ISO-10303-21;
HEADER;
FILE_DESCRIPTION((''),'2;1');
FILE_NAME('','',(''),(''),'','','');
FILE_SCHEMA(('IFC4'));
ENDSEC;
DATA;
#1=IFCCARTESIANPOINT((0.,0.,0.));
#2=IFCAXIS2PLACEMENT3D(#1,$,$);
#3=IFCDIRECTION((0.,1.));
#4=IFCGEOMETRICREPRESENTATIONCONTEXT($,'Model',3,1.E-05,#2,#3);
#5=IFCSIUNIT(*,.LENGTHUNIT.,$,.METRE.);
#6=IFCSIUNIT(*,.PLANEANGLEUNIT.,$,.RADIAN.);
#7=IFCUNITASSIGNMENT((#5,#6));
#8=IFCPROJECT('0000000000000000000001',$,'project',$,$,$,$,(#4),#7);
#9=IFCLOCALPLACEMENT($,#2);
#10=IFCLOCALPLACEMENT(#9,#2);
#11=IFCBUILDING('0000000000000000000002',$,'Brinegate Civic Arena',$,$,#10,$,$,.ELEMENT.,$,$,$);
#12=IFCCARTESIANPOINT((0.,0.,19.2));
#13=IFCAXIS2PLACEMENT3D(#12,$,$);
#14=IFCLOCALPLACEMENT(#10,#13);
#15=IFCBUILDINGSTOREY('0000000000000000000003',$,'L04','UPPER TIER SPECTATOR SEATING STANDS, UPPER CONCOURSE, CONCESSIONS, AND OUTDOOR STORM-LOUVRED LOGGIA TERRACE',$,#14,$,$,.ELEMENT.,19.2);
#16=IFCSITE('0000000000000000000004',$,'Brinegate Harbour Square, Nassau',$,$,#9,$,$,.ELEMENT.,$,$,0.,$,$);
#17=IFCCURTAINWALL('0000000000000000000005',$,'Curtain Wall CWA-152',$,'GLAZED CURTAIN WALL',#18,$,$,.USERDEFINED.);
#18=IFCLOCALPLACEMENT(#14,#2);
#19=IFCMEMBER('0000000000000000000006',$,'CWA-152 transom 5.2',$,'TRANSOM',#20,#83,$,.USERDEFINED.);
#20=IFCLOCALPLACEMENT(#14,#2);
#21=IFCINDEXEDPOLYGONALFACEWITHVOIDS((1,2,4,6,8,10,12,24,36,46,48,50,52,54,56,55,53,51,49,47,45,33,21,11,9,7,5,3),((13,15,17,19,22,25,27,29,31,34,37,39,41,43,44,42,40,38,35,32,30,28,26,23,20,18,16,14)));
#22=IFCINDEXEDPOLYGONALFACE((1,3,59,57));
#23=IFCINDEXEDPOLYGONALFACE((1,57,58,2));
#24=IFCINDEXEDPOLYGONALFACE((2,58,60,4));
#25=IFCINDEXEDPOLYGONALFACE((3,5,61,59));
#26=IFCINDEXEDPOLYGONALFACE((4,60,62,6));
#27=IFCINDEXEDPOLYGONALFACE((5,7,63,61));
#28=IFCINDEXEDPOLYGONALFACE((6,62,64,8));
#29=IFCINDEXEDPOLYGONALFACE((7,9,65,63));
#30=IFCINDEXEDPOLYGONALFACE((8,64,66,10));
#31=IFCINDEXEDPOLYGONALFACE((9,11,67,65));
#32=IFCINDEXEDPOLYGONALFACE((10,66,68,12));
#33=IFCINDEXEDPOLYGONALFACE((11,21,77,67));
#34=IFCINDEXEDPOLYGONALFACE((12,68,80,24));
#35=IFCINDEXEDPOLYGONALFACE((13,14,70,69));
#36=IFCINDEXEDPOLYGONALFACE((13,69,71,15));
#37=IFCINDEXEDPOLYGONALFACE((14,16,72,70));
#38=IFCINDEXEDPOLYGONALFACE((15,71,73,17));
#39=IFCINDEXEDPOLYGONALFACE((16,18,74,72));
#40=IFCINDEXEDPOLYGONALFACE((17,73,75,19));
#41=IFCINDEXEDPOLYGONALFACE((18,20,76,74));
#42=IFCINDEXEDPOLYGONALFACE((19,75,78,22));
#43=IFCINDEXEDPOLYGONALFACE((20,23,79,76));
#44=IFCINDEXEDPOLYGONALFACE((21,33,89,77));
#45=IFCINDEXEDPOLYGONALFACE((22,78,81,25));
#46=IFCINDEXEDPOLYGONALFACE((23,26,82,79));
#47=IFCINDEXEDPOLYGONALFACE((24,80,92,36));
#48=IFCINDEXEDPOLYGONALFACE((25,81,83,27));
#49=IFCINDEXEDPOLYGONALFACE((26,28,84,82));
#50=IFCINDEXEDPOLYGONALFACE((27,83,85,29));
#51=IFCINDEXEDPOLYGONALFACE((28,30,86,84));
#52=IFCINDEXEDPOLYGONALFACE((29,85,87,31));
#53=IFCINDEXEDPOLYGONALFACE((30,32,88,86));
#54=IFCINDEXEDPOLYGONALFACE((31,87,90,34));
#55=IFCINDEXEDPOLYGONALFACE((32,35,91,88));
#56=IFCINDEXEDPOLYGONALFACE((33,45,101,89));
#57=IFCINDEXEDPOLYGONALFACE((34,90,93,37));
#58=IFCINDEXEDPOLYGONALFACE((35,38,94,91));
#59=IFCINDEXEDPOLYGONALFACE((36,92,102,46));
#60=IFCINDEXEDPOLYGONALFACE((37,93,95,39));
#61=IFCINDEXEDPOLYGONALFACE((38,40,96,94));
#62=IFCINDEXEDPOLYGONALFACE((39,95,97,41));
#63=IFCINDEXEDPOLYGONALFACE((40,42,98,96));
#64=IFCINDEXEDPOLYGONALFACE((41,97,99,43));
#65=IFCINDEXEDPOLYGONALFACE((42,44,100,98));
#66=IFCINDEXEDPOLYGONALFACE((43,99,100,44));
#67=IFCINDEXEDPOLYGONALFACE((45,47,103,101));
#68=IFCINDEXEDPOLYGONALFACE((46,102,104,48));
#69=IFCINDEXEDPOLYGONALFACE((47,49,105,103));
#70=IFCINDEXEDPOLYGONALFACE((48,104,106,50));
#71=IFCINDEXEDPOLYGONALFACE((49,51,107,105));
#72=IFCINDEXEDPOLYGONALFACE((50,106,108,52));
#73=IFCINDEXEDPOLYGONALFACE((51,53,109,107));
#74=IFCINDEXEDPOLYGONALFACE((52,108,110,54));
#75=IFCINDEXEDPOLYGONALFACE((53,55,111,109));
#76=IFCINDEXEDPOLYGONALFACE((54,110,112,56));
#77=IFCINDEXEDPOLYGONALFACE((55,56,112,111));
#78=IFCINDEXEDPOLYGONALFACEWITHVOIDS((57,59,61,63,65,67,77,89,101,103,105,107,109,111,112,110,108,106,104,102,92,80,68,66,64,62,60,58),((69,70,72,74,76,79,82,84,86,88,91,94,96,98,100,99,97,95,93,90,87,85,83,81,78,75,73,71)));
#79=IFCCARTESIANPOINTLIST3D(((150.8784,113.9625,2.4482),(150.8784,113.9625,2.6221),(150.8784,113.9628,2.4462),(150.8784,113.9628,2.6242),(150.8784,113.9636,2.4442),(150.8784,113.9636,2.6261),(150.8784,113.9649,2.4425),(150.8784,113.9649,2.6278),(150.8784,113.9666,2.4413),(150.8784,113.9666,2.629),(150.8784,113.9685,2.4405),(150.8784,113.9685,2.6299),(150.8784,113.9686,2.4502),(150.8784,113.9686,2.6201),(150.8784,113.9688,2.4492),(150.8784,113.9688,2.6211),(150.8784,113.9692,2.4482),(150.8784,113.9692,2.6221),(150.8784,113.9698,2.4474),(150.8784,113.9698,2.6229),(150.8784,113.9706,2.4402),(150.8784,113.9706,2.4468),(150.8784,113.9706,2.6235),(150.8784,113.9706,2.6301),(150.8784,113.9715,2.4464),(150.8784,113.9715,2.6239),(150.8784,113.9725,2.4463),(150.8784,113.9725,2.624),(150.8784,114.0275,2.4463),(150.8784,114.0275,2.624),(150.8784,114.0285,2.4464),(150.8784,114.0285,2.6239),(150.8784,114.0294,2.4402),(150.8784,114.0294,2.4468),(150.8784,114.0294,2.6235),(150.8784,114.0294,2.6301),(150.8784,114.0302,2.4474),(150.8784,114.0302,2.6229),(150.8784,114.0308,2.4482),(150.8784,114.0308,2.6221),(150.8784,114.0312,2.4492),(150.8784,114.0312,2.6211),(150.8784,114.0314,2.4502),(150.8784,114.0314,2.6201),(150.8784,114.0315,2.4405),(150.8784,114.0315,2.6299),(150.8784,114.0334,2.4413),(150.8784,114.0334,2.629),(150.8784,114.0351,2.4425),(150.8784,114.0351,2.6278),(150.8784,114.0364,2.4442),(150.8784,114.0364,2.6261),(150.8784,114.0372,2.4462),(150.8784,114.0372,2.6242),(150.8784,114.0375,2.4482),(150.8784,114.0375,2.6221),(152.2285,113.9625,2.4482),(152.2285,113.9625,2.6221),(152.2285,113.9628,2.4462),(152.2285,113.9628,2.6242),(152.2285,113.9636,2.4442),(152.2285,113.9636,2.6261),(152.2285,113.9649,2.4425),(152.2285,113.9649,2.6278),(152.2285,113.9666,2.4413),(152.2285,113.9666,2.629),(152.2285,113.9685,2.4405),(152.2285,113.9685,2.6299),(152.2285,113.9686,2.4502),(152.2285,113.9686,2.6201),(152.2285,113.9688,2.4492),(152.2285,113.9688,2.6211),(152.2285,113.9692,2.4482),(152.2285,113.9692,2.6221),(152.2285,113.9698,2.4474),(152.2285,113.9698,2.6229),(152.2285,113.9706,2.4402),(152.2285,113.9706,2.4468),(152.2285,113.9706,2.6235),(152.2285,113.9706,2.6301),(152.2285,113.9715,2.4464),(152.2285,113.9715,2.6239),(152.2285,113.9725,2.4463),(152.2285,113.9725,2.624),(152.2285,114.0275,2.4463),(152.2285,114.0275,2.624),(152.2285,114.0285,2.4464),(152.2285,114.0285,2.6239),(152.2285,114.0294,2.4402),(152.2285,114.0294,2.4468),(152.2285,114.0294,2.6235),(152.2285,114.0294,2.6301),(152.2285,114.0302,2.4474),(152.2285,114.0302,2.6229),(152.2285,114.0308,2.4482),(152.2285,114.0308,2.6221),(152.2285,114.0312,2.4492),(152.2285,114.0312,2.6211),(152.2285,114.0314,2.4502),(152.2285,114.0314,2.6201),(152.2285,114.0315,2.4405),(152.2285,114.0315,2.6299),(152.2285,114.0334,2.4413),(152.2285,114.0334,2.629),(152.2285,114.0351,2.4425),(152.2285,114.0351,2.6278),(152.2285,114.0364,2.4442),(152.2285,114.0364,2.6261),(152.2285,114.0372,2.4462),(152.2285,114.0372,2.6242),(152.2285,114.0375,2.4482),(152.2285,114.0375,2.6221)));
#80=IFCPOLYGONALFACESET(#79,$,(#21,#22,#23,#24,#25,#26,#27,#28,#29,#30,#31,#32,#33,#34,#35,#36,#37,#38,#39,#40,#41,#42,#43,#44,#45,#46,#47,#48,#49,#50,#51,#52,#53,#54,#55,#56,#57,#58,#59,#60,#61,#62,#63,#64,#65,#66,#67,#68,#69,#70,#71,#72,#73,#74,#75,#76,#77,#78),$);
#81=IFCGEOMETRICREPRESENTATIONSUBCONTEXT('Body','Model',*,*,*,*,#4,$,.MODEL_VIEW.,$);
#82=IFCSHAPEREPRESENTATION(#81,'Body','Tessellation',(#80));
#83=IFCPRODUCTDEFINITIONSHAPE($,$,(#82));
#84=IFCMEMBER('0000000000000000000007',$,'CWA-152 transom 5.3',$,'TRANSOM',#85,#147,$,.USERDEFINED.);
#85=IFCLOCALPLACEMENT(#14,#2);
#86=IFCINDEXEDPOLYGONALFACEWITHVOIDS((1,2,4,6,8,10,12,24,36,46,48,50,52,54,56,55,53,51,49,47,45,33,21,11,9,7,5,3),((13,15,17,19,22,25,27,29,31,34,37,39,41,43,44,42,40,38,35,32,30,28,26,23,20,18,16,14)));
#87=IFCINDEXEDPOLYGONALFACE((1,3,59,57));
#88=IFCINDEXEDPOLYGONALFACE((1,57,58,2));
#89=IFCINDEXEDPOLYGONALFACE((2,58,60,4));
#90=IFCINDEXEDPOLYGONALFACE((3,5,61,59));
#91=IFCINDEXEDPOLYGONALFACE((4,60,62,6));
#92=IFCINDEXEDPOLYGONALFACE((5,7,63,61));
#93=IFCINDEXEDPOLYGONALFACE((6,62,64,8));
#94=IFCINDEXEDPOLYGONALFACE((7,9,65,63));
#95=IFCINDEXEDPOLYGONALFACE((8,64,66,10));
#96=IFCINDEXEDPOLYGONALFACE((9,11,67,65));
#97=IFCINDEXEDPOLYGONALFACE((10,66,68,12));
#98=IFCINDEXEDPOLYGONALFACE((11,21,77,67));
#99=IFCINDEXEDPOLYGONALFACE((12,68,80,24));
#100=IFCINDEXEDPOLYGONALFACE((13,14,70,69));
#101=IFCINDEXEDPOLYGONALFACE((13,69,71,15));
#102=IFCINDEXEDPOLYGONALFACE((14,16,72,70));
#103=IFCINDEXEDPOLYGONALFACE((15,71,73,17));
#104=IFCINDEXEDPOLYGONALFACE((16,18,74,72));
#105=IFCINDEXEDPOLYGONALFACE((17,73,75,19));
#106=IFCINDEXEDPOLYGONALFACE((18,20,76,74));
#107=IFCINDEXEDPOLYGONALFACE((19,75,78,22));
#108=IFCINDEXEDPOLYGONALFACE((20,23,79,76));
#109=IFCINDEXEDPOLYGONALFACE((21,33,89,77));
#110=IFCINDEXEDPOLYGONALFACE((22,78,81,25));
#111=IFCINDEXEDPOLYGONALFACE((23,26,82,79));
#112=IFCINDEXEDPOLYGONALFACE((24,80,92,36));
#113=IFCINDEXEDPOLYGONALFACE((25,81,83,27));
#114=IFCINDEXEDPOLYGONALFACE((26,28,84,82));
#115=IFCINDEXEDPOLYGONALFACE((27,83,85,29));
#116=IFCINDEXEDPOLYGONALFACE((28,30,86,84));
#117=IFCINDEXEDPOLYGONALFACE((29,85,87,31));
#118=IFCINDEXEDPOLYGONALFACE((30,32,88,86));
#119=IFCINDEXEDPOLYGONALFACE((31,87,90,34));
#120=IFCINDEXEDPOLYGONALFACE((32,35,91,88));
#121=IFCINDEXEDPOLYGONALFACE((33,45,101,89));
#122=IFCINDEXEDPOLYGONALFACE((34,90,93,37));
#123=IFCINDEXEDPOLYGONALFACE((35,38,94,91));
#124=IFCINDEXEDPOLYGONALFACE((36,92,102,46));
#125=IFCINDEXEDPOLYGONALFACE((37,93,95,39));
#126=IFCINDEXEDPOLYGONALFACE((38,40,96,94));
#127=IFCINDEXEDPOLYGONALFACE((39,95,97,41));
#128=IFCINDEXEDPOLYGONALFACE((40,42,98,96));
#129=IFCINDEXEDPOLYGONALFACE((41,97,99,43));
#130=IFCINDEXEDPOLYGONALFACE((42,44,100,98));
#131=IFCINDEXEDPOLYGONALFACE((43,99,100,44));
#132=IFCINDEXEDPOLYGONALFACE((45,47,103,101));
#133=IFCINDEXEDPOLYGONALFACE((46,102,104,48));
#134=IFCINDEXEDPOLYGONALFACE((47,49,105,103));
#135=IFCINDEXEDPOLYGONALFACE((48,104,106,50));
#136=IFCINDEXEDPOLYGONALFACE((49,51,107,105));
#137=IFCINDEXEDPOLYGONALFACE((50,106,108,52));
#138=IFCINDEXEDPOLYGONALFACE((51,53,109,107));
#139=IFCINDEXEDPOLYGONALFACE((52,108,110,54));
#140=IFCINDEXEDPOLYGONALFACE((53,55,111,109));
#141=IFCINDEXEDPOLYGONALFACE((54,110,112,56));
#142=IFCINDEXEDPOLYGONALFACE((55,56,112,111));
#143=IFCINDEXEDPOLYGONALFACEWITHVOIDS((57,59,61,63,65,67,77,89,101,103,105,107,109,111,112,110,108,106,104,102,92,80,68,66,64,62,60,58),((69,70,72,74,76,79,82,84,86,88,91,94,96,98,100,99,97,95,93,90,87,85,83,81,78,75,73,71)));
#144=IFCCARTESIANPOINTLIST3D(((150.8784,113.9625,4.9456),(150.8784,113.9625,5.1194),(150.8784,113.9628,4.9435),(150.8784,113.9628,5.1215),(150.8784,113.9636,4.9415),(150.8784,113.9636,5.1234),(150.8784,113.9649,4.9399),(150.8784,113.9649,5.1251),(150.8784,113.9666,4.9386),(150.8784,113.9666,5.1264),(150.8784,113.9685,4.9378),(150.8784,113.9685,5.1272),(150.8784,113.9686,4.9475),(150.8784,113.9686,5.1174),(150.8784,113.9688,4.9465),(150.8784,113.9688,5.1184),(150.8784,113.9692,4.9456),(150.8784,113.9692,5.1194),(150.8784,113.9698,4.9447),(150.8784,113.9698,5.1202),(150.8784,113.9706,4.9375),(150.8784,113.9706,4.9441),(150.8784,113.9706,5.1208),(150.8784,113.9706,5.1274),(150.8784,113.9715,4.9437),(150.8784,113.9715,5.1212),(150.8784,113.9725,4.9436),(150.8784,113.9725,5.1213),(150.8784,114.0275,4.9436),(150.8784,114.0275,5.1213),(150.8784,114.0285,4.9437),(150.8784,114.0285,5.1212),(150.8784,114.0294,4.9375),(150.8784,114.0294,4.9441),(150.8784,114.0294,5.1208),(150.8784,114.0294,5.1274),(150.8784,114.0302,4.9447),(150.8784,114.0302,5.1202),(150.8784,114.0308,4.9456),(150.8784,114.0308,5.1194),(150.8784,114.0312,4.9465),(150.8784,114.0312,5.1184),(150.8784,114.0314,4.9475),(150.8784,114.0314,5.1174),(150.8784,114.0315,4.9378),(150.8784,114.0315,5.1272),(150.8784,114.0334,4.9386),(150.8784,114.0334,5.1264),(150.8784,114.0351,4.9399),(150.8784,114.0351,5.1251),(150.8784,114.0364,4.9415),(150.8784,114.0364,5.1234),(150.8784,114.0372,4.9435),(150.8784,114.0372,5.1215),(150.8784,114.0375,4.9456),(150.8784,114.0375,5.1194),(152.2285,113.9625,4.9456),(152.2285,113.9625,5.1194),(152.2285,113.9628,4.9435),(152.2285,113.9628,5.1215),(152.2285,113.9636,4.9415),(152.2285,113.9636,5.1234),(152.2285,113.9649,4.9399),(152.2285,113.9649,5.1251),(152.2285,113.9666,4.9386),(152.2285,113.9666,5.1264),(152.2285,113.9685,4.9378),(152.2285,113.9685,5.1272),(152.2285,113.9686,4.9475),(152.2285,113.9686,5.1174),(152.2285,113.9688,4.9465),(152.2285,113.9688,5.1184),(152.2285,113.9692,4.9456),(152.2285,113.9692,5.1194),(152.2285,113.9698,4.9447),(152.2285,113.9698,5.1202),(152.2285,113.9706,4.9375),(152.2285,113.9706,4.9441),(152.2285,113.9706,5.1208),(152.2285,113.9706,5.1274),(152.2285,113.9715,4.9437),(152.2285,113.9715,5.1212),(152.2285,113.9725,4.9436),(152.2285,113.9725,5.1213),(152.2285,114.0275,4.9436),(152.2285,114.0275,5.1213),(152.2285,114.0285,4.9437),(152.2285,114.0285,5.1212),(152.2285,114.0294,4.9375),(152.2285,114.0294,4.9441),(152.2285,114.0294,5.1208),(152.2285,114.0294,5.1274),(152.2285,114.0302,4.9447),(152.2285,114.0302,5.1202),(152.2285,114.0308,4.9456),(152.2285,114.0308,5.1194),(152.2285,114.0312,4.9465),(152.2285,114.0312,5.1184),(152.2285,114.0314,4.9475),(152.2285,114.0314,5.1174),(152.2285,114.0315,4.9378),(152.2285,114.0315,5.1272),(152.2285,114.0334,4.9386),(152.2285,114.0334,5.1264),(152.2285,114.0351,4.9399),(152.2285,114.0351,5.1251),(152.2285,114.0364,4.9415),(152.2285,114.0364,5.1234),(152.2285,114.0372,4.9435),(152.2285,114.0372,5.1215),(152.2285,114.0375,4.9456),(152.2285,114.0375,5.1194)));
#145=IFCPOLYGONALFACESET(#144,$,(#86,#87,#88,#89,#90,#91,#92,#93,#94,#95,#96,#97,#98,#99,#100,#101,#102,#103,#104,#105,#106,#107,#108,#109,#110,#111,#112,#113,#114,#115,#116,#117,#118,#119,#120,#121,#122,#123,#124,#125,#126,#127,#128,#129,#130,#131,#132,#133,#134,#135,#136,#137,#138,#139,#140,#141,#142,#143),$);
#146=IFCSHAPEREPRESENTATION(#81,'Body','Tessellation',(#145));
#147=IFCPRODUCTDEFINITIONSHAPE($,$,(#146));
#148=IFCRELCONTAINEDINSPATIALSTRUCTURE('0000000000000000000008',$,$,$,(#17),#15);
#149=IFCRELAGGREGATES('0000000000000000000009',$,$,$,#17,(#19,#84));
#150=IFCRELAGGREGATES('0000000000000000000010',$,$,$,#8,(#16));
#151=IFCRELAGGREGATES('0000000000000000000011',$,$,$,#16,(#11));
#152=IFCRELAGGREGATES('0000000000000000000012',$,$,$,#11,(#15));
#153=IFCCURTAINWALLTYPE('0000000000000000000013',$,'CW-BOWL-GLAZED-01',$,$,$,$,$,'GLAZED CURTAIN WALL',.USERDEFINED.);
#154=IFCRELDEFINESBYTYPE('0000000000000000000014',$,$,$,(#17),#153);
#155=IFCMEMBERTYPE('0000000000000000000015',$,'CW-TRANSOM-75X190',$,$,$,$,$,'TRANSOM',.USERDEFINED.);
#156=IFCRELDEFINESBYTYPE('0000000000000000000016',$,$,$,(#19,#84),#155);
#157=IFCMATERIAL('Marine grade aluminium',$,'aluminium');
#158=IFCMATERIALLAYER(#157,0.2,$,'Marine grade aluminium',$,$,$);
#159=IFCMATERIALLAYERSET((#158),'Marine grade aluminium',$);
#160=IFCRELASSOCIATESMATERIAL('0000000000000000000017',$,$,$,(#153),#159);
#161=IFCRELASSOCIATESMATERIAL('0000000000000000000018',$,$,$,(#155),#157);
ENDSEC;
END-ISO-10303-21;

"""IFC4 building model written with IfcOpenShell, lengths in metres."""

from ifc_helpers import new_model, si_unit, direction, frame, origin, origin_2d, place, context, subcontext, project, spatial, hollow_rectangle, extrude, material, layer, layer_set, material_profile, profile_set, type_object, element, aggregate, save


model = new_model("IFC4")

# Units and contexts
model_context = context("Model", 3, precision=1e-05, world=origin(), true_north=direction((0.0, 1.0)))
body_context = subcontext(model_context, "Body", "Model", "MODEL_VIEW")
ifc_project = project(units=[si_unit("LENGTHUNIT", "METRE"), si_unit("PLANEANGLEUNIT", "RADIAN")], contexts=[model_context])

# Site, building, storey
site_placement = place(None, origin())
site = spatial("IfcSite", under=ifc_project, at=site_placement, Name="Brinegate Harbour Square, Nassau", CompositionType="ELEMENT", RefElevation=0.0)
building_placement = place(site_placement, origin())
building = spatial("IfcBuilding", under=site, at=building_placement, Name="Brinegate Civic Arena", CompositionType="ELEMENT")
storey_placement = place(building_placement, frame((0.0, 0.0, 19.2)))
storey = spatial("IfcBuildingStorey", under=building, at=storey_placement, Name="L04", Description="UPPER TIER SPECTATOR SEATING STANDS, UPPER CONCOURSE, CONCESSIONS, AND OUTDOOR STORM-LOUVRED LOGGIA TERRACE", CompositionType="ELEMENT", Elevation=19.2)

# Curtain wall, members
ifc_material_1 = material(Name="Marine grade aluminium", Category="aluminium")
ifc_layer_1 = layer(ifc_material_1, 0.2, Name="Marine grade aluminium")
ifc_layer_set_1 = layer_set([ifc_layer_1], Name="Marine grade aluminium")
curtain_wall_type = type_object("IfcCurtainWallType", Name="CW-BOWL-GLAZED-01", ElementType="GLAZED CURTAIN WALL", PredefinedType="USERDEFINED", material=ifc_layer_set_1)
curtain_wall_placement = place(storey_placement, origin())
curtain_wall = element("IfcCurtainWall", 1, at=curtain_wall_placement, inside=storey, type_object=curtain_wall_type, Name="Curtain Wall CWA-152", ObjectType="GLAZED CURTAIN WALL", PredefinedType="USERDEFINED")
ifc_material_profile_1 = material_profile(ifc_material_1, hollow_rectangle(XDim=0.075, YDim=0.1899, WallThickness=0.0061, InnerFilletRadius=0.0039, OuterFilletRadius=0.0081, at=origin_2d()), Name="TRN75X190")
ifc_profile_set_1 = profile_set([ifc_material_profile_1], Name="Marine grade aluminium")
member_type_1 = type_object("IfcMemberType", Name="CW-TRANSOM-75X190", ElementType="TRANSOM", PredefinedType="USERDEFINED", material=ifc_profile_set_1)
member_1_placement = place(storey_placement, frame((150.8784, 114.0, 2.5352), z_axis=(1.0, 0.0, 0.0), x_axis=(0.0, 1.0, 0.0)))
member_1 = element("IfcMember", 2, at=member_1_placement, type_object=member_type_1, Name="CWA-152 transom 5.2", ObjectType="TRANSOM", PredefinedType="USERDEFINED", context=body_context, shape_type="SweptSolid", body=[
    extrude(hollow_rectangle(XDim=0.075, YDim=0.1899, WallThickness=0.0061, InnerFilletRadius=0.0039, OuterFilletRadius=0.0081, at=origin_2d()), origin(), (0.0, 0.0, 1.0), 1.3501),
])
member_2_placement = place(storey_placement, frame((150.8784, 114.0, 5.0325), z_axis=(1.0, 0.0, 0.0), x_axis=(0.0, 1.0, 0.0)))
member_2 = element("IfcMember", 3, at=member_2_placement, type_object=member_type_1, Name="CWA-152 transom 5.3", ObjectType="TRANSOM", PredefinedType="USERDEFINED", context=body_context, shape_type="SweptSolid", body=[
    extrude(hollow_rectangle(XDim=0.075, YDim=0.1899, WallThickness=0.0061, InnerFilletRadius=0.0039, OuterFilletRadius=0.0081, at=origin_2d()), origin(), (0.0, 0.0, 1.0), 1.3501),
])

aggregate(curtain_wall, [member_1, member_2])

save(model, "model.ifc")
